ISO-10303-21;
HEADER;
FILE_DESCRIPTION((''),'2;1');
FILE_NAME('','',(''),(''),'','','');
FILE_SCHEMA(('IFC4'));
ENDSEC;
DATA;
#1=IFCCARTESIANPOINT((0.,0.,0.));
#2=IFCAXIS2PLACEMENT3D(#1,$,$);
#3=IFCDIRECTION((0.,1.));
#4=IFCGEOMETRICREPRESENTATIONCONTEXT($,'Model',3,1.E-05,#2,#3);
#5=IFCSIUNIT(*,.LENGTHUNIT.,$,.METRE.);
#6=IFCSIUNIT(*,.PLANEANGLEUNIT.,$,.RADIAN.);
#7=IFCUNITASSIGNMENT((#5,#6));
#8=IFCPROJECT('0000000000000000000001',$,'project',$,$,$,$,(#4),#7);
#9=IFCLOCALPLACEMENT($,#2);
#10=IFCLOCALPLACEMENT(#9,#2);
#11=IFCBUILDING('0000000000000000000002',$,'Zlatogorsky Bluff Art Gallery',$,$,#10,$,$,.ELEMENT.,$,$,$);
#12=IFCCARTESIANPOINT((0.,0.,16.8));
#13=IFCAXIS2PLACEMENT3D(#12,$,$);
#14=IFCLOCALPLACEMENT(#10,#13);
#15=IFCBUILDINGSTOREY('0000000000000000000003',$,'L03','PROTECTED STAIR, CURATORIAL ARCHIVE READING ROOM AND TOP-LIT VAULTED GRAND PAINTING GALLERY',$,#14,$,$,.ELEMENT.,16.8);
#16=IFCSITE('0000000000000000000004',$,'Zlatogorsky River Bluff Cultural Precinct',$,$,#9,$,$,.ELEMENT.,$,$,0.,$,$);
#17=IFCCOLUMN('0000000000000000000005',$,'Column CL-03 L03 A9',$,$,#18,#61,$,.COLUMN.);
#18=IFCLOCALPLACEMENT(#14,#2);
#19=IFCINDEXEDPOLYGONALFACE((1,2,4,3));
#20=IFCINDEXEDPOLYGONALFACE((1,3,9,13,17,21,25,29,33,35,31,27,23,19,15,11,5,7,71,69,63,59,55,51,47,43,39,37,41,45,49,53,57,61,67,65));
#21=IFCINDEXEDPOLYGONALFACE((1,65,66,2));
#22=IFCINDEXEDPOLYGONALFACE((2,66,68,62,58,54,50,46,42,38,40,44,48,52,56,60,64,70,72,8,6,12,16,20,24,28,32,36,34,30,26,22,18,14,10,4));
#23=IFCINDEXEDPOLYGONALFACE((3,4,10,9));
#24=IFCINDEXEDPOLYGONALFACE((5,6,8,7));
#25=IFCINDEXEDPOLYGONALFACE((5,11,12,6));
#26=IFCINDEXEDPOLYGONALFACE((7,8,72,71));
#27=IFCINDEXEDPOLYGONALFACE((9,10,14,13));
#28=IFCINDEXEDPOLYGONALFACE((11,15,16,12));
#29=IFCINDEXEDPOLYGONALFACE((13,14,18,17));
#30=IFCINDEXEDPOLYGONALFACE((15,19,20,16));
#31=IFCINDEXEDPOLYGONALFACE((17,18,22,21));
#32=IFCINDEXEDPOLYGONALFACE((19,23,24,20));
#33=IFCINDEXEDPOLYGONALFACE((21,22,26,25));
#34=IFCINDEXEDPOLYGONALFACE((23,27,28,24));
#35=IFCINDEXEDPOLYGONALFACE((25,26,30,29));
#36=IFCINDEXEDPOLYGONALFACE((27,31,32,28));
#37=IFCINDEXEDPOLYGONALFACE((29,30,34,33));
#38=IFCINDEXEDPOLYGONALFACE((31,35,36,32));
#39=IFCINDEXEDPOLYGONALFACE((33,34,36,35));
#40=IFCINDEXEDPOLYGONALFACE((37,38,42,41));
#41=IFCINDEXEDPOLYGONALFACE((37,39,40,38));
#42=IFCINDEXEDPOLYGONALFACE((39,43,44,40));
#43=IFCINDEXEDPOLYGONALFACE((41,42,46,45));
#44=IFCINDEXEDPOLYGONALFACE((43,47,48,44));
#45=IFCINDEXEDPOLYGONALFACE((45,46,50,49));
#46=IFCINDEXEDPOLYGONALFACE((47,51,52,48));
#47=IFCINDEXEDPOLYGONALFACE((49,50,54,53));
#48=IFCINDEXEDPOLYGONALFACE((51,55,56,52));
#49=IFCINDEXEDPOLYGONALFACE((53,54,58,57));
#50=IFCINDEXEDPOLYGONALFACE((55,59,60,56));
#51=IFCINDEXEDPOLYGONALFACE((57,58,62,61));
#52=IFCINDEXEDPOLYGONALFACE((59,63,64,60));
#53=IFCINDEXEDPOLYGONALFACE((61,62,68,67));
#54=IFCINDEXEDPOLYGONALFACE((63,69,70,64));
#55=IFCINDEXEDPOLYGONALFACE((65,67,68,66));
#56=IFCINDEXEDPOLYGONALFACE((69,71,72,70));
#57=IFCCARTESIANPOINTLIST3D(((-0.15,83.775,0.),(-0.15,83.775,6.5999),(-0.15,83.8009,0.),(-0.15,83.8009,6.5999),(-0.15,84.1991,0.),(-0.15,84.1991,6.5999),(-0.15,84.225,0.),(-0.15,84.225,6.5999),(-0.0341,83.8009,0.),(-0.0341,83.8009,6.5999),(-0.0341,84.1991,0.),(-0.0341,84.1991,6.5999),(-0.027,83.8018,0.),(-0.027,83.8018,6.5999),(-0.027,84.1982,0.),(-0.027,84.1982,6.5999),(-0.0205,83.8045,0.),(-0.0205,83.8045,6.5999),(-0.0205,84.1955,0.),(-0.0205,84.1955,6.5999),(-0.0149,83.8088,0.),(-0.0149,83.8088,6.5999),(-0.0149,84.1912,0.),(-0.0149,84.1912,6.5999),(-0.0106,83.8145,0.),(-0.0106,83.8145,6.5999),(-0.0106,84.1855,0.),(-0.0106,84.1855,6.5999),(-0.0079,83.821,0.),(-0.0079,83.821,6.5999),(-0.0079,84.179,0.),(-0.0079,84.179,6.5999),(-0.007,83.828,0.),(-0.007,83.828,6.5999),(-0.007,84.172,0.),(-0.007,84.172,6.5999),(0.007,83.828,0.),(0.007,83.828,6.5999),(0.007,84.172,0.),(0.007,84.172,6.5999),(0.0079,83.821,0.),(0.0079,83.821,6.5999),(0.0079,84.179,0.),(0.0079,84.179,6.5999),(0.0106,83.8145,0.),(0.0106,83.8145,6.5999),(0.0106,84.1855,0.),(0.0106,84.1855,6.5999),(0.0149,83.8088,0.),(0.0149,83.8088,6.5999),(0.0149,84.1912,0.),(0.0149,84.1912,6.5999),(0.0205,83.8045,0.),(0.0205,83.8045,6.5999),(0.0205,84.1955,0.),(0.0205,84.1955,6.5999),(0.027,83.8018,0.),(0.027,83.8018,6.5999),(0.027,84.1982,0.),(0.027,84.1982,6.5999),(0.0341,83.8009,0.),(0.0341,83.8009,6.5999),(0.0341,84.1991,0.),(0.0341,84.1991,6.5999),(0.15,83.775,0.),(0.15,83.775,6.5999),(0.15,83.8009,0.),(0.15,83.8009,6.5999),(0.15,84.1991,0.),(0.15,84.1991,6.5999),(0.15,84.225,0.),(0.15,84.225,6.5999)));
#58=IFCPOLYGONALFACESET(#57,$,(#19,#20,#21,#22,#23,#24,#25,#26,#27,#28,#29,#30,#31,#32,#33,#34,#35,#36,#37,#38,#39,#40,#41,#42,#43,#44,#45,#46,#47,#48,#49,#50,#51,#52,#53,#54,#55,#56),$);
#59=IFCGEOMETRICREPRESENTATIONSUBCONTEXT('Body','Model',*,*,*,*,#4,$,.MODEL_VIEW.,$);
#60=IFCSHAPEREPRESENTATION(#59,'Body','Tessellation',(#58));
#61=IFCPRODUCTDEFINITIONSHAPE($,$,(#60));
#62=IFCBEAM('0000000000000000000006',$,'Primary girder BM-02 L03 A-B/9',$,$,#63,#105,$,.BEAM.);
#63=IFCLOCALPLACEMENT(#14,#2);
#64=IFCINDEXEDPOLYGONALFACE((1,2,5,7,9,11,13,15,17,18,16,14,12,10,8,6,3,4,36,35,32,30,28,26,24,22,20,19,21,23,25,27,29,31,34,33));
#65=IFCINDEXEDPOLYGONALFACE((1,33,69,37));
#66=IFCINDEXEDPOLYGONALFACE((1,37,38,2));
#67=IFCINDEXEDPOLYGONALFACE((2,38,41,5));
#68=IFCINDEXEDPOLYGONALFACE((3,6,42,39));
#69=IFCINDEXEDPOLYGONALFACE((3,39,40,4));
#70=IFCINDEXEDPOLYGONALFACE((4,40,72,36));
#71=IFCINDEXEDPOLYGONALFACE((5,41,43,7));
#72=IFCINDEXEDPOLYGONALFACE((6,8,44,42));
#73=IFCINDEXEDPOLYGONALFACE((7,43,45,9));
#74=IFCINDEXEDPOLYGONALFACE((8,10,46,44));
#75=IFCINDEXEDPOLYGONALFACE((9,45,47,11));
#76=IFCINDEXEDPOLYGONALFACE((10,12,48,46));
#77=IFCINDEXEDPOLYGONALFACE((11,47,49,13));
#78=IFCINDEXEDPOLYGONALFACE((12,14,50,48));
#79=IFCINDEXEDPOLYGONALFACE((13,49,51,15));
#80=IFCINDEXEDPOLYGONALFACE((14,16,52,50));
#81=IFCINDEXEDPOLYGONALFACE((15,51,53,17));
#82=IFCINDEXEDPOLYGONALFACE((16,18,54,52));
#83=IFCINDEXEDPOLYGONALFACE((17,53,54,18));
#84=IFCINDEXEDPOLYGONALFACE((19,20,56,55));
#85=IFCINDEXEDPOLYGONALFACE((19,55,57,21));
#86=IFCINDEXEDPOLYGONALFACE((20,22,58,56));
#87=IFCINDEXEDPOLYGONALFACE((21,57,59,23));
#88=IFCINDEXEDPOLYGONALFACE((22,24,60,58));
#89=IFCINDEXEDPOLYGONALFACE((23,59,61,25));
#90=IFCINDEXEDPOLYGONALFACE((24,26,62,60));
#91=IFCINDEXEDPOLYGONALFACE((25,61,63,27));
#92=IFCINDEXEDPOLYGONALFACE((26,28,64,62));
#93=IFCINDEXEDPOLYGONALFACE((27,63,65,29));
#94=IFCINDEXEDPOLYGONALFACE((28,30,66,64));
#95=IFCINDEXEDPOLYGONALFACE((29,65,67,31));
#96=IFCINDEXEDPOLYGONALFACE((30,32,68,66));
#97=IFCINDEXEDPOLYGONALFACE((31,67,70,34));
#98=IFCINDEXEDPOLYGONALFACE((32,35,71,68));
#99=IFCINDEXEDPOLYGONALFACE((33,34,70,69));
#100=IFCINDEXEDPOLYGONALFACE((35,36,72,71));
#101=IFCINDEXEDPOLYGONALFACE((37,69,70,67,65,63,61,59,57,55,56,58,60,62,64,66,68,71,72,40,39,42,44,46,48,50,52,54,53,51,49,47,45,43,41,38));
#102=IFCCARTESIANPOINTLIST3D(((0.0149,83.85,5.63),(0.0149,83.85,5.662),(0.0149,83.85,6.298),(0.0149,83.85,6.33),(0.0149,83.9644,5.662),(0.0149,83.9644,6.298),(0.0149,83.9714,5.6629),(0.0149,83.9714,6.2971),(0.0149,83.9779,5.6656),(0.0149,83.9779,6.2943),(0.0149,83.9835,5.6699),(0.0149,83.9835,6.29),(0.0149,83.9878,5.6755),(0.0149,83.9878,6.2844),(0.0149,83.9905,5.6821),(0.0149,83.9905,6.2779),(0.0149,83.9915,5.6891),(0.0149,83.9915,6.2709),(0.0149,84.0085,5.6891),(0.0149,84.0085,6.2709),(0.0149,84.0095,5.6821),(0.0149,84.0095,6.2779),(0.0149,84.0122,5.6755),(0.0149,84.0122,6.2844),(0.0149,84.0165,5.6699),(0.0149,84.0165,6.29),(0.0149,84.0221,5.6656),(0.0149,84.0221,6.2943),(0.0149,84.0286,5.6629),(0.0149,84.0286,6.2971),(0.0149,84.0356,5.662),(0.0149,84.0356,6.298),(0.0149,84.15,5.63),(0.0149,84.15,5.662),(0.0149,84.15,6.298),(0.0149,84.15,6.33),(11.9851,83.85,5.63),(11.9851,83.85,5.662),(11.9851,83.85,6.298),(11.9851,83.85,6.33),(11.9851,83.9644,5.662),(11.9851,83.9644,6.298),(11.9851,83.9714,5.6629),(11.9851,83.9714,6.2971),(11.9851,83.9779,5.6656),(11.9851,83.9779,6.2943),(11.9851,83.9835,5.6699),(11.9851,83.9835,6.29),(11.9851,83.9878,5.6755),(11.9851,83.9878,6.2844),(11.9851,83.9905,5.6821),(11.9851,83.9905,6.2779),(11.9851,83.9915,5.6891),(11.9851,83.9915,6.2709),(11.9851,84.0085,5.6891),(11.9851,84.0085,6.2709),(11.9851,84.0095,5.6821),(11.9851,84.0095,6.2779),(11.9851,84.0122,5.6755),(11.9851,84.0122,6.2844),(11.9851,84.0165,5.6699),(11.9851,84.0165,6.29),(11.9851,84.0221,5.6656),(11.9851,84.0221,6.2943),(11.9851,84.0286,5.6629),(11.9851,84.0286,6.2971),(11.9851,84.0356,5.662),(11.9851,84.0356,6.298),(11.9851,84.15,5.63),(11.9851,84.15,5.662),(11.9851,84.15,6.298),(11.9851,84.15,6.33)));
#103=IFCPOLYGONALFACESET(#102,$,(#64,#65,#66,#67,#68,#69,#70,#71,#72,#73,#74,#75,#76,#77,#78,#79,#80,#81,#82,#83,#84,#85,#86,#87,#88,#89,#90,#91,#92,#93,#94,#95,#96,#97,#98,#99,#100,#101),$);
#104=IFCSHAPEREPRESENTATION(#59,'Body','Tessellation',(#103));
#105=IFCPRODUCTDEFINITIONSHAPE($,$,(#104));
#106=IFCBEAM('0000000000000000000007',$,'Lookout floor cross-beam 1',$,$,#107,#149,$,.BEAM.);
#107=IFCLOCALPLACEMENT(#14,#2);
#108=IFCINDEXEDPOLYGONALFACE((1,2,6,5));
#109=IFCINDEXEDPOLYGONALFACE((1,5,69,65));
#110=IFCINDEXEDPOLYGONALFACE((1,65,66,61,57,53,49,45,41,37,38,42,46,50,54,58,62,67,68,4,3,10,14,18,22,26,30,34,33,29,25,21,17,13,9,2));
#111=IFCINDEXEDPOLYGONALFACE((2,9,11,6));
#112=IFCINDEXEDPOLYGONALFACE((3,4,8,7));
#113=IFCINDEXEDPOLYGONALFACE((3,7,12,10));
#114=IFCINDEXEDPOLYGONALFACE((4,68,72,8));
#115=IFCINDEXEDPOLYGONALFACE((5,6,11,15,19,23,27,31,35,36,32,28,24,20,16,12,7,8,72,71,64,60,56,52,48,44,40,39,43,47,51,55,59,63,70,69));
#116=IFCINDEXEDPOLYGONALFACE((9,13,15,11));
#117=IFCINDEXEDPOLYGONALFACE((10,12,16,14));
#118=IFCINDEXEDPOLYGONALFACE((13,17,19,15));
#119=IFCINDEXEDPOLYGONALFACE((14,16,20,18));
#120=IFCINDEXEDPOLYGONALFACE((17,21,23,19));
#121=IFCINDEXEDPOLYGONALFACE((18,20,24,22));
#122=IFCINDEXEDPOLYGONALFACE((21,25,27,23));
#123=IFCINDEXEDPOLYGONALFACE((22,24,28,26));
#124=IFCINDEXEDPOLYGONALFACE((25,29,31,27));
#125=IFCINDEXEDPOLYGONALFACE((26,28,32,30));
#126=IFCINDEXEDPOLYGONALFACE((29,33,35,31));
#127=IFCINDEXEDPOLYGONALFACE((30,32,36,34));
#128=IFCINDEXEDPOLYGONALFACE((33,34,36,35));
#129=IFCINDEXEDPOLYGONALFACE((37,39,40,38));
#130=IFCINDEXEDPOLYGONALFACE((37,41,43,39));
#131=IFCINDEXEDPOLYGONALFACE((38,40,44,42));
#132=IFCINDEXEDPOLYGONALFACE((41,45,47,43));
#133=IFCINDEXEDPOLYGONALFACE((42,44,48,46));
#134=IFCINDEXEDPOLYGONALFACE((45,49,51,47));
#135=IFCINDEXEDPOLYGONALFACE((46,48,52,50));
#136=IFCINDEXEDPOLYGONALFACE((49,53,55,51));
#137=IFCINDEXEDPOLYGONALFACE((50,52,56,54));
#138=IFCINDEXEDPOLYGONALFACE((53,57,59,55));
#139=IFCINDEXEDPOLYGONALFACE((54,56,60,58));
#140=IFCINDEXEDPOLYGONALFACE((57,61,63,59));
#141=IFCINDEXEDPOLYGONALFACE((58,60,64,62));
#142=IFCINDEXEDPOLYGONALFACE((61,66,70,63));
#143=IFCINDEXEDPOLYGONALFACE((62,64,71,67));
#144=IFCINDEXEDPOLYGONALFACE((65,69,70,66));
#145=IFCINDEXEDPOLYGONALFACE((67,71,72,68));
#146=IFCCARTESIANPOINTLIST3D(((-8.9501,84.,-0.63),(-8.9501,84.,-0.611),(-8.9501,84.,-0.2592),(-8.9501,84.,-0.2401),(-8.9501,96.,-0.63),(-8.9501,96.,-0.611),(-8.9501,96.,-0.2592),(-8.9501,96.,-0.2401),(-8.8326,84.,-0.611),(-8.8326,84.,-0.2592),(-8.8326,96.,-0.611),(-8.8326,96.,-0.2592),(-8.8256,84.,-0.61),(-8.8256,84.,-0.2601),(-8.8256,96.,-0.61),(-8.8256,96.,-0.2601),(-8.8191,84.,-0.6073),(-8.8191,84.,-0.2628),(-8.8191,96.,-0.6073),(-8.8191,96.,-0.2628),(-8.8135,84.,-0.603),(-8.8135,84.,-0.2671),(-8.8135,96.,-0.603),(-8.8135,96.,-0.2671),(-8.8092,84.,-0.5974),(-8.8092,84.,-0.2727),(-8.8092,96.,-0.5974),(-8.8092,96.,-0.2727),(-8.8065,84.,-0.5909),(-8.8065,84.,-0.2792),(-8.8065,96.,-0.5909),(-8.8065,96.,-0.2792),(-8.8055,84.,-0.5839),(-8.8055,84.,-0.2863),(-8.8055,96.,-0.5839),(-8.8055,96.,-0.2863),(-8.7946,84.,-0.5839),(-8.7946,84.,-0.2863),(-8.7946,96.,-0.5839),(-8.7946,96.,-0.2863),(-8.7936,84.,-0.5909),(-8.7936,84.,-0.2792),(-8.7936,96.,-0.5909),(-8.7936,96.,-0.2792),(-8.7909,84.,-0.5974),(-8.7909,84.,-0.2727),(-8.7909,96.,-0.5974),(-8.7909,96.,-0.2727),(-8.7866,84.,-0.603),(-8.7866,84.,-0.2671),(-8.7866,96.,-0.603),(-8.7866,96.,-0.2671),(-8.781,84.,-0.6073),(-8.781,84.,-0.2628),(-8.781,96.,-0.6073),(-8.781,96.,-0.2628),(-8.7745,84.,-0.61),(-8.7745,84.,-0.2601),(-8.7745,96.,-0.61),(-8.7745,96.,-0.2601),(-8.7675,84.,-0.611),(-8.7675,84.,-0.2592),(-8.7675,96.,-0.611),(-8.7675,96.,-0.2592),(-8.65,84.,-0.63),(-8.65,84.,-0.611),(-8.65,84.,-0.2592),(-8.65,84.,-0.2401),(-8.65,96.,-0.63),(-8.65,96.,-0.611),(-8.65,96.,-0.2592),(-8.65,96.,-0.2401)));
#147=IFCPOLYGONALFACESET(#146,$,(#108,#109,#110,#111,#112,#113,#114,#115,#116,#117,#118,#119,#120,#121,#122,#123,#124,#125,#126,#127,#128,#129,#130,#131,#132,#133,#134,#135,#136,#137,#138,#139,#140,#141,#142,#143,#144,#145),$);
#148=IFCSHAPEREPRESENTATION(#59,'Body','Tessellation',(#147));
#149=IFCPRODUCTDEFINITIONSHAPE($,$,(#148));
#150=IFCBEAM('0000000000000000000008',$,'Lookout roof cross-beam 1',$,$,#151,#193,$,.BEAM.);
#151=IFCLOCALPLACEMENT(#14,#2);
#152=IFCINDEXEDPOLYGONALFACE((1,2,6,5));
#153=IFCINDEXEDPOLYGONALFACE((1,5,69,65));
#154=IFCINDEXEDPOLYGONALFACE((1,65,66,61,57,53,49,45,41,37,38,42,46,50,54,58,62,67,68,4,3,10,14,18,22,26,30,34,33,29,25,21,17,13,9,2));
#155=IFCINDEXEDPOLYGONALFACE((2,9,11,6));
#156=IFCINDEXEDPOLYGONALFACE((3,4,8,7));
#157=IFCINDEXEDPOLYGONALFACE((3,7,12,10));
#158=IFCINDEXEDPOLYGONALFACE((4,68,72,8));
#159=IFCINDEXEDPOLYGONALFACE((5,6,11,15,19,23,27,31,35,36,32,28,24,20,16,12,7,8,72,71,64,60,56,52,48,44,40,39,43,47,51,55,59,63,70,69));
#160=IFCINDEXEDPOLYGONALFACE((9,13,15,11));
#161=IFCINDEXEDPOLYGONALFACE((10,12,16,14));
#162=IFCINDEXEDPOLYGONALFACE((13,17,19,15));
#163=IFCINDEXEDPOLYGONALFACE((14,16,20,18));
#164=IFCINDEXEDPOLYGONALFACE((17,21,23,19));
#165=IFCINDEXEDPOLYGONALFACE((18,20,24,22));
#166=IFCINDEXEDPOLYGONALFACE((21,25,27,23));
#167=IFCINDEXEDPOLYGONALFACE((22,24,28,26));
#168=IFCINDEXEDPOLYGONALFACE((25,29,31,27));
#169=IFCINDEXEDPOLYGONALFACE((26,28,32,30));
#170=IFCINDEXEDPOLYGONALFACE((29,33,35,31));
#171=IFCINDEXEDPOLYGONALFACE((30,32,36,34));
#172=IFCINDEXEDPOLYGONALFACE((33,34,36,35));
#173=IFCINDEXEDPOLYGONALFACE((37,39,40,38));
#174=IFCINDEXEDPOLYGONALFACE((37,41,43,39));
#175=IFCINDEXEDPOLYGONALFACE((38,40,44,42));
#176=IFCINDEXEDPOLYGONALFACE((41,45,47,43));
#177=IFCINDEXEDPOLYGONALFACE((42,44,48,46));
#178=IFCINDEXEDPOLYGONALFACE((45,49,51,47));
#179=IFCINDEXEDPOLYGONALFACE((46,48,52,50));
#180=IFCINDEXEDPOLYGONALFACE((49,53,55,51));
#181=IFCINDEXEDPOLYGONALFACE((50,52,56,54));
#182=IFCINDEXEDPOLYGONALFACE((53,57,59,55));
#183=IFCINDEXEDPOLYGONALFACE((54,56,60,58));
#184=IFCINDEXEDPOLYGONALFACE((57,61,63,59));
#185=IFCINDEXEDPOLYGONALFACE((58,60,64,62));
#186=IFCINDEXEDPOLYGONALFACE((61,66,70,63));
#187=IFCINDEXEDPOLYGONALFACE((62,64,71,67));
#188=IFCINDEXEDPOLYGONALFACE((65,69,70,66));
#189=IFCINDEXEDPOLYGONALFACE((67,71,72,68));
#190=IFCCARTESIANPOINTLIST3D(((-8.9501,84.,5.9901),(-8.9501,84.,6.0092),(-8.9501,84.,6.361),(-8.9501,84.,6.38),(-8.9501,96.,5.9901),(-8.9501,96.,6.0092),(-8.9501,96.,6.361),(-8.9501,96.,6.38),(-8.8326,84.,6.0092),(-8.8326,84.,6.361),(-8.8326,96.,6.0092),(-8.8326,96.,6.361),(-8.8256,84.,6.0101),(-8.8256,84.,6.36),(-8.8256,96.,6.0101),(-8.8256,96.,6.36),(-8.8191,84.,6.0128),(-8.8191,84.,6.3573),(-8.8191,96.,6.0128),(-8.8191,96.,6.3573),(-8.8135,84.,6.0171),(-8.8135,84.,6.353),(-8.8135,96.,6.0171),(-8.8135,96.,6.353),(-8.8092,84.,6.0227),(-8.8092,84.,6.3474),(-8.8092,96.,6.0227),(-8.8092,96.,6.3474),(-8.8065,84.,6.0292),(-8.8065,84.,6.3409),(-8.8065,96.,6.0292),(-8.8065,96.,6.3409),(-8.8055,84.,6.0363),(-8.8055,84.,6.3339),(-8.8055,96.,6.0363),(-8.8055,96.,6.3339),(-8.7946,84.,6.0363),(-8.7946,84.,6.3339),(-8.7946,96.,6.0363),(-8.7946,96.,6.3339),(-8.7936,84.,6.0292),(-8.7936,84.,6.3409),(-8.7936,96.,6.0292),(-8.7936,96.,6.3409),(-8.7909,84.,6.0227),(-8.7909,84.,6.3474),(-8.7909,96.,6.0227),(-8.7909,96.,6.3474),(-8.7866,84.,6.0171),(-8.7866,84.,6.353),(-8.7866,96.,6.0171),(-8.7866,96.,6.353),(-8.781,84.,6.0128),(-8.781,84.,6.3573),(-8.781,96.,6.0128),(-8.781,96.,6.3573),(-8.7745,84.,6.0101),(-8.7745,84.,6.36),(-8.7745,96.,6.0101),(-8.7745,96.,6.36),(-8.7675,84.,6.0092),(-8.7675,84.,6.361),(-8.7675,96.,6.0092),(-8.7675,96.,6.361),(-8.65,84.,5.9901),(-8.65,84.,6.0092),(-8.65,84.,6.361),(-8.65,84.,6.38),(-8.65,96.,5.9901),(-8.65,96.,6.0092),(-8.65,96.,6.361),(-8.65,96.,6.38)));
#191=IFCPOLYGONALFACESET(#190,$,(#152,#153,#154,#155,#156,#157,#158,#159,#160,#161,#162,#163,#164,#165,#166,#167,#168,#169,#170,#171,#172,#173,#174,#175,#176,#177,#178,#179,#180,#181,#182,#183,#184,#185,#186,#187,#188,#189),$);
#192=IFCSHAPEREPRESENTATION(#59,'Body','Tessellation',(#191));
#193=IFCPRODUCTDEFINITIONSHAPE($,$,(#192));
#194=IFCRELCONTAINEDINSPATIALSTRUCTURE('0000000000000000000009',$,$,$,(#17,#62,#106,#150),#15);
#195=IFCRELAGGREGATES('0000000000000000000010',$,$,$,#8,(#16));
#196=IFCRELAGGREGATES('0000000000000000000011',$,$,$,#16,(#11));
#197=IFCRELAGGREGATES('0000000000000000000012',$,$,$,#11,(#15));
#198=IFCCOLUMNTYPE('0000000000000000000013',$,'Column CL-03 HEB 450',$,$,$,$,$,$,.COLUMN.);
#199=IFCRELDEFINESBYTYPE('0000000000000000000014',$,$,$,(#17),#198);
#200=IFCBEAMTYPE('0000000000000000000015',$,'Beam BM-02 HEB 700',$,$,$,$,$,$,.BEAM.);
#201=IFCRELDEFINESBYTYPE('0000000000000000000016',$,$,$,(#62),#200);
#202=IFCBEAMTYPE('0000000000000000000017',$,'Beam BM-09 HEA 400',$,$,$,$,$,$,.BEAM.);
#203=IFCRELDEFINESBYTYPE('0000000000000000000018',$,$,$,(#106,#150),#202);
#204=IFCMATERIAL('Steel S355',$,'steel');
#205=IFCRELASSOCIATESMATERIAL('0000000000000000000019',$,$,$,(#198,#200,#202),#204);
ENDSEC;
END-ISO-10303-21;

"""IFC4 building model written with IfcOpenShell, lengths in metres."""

from ifc_helpers import new_model, si_unit, direction, frame, origin, origin_2d, place, context, subcontext, project, spatial, i_section, extrude, material, material_profile, profile_set, type_object, element, save


model = new_model("IFC4")

# Units and contexts
model_context = context("Model", 3, precision=1e-05, world=origin(), true_north=direction((0.0, 1.0)))
body_context = subcontext(model_context, "Body", "Model", "MODEL_VIEW")
ifc_project = project(units=[si_unit("LENGTHUNIT", "METRE"), si_unit("PLANEANGLEUNIT", "RADIAN")], contexts=[model_context])

# Site, building, storey
site_placement = place(None, origin())
site = spatial("IfcSite", under=ifc_project, at=site_placement, Name="Zlatogorsky River Bluff Cultural Precinct", CompositionType="ELEMENT", RefElevation=0.0)
building_placement = place(site_placement, origin())
building = spatial("IfcBuilding", under=site, at=building_placement, Name="Zlatogorsky Bluff Art Gallery", CompositionType="ELEMENT")
storey_placement = place(building_placement, frame((0.0, 0.0, 16.8)))
storey = spatial("IfcBuildingStorey", under=building, at=storey_placement, Name="L03", Description="PROTECTED STAIR, CURATORIAL ARCHIVE READING ROOM AND TOP-LIT VAULTED GRAND PAINTING GALLERY", CompositionType="ELEMENT", Elevation=16.8)

# Column
ifc_material_1 = material(Name="Steel S355", Category="steel")
ifc_material_profile_1 = material_profile(ifc_material_1, i_section(OverallWidth=0.3, OverallDepth=0.45, WebThickness=0.0139, FlangeThickness=0.0259, FilletRadius=0.0271, at=origin_2d()), Name="HEB 450")
ifc_profile_set_1 = profile_set([ifc_material_profile_1], Name="Steel S355")
column_type = type_object("IfcColumnType", Name="Column CL-03 HEB 450", PredefinedType="COLUMN", material=ifc_profile_set_1)
column_placement = place(storey_placement, frame((0.0, 84.0, 0.0), z_axis=(0.0, 0.0, 1.0), x_axis=(1.0, 0.0, 0.0)))
element("IfcColumn", 1, at=column_placement, inside=storey, type_object=column_type, Name="Column CL-03 L03 A9", PredefinedType="COLUMN", context=body_context, shape_type="SweptSolid", body=[
    extrude(i_section(OverallWidth=0.3, OverallDepth=0.45, WebThickness=0.0139, FlangeThickness=0.0259, FilletRadius=0.0271, at=origin_2d()), origin(), (0.0, 0.0, 1.0), 6.5999),
])

# Beams
ifc_material_profile_2 = material_profile(ifc_material_1, i_section(OverallWidth=0.3, OverallDepth=0.7, WebThickness=0.0171, FlangeThickness=0.032, FilletRadius=0.0271, at=origin_2d()), Name="HEB 700")
ifc_profile_set_2 = profile_set([ifc_material_profile_2], Name="Steel S355")
beam_type_1 = type_object("IfcBeamType", Name="Beam BM-02 HEB 700", PredefinedType="BEAM", material=ifc_profile_set_2)
beam_placement = place(storey_placement, frame((0.0149, 84.0, 5.98), z_axis=(1.0, 0.0, 0.0), x_axis=(0.0, 1.0, 0.0)))
element("IfcBeam", 2, at=beam_placement, inside=storey, type_object=beam_type_1, Name="Primary girder BM-02 L03 A-B/9", PredefinedType="BEAM", context=body_context, shape_type="SweptSolid", body=[
    extrude(i_section(OverallWidth=0.3, OverallDepth=0.7, WebThickness=0.0171, FlangeThickness=0.032, FilletRadius=0.0271, at=origin_2d()), origin(), (0.0, 0.0, 1.0), 11.9702),
])
ifc_material_profile_3 = material_profile(ifc_material_1, i_section(OverallWidth=0.3, OverallDepth=0.3899, WebThickness=0.011, FlangeThickness=0.019, FilletRadius=0.0271, at=origin_2d()), Name="HEA 400")
ifc_profile_set_3 = profile_set([ifc_material_profile_3], Name="Steel S355")
beam_type_2 = type_object("IfcBeamType", Name="Beam BM-09 HEA 400", PredefinedType="BEAM", material=ifc_profile_set_3)
for number, where, z_axis, x_axis, name in (
    (3, (-8.8, 84.0, -0.4351), (0.0, 1.0, 0.0), (-1.0, 0.0, 0.0), "Lookout floor cross-beam 1"),
    (4, (-8.8, 84.0, 6.1851), (0.0, 1.0, 0.0), (-1.0, 0.0, 0.0), "Lookout roof cross-beam 1"),
):
    element("IfcBeam", number, at=place(storey_placement, frame(where, z_axis=z_axis, x_axis=x_axis)), inside=storey, type_object=beam_type_2, Name=name, PredefinedType="BEAM", context=body_context, shape_type="SweptSolid", body=[
        extrude(i_section(OverallWidth=0.3, OverallDepth=0.3899, WebThickness=0.011, FlangeThickness=0.019, FilletRadius=0.0271, at=origin_2d()), origin(), (0.0, 0.0, 1.0), 12.0),
    ])

save(model, "model.ifc")
